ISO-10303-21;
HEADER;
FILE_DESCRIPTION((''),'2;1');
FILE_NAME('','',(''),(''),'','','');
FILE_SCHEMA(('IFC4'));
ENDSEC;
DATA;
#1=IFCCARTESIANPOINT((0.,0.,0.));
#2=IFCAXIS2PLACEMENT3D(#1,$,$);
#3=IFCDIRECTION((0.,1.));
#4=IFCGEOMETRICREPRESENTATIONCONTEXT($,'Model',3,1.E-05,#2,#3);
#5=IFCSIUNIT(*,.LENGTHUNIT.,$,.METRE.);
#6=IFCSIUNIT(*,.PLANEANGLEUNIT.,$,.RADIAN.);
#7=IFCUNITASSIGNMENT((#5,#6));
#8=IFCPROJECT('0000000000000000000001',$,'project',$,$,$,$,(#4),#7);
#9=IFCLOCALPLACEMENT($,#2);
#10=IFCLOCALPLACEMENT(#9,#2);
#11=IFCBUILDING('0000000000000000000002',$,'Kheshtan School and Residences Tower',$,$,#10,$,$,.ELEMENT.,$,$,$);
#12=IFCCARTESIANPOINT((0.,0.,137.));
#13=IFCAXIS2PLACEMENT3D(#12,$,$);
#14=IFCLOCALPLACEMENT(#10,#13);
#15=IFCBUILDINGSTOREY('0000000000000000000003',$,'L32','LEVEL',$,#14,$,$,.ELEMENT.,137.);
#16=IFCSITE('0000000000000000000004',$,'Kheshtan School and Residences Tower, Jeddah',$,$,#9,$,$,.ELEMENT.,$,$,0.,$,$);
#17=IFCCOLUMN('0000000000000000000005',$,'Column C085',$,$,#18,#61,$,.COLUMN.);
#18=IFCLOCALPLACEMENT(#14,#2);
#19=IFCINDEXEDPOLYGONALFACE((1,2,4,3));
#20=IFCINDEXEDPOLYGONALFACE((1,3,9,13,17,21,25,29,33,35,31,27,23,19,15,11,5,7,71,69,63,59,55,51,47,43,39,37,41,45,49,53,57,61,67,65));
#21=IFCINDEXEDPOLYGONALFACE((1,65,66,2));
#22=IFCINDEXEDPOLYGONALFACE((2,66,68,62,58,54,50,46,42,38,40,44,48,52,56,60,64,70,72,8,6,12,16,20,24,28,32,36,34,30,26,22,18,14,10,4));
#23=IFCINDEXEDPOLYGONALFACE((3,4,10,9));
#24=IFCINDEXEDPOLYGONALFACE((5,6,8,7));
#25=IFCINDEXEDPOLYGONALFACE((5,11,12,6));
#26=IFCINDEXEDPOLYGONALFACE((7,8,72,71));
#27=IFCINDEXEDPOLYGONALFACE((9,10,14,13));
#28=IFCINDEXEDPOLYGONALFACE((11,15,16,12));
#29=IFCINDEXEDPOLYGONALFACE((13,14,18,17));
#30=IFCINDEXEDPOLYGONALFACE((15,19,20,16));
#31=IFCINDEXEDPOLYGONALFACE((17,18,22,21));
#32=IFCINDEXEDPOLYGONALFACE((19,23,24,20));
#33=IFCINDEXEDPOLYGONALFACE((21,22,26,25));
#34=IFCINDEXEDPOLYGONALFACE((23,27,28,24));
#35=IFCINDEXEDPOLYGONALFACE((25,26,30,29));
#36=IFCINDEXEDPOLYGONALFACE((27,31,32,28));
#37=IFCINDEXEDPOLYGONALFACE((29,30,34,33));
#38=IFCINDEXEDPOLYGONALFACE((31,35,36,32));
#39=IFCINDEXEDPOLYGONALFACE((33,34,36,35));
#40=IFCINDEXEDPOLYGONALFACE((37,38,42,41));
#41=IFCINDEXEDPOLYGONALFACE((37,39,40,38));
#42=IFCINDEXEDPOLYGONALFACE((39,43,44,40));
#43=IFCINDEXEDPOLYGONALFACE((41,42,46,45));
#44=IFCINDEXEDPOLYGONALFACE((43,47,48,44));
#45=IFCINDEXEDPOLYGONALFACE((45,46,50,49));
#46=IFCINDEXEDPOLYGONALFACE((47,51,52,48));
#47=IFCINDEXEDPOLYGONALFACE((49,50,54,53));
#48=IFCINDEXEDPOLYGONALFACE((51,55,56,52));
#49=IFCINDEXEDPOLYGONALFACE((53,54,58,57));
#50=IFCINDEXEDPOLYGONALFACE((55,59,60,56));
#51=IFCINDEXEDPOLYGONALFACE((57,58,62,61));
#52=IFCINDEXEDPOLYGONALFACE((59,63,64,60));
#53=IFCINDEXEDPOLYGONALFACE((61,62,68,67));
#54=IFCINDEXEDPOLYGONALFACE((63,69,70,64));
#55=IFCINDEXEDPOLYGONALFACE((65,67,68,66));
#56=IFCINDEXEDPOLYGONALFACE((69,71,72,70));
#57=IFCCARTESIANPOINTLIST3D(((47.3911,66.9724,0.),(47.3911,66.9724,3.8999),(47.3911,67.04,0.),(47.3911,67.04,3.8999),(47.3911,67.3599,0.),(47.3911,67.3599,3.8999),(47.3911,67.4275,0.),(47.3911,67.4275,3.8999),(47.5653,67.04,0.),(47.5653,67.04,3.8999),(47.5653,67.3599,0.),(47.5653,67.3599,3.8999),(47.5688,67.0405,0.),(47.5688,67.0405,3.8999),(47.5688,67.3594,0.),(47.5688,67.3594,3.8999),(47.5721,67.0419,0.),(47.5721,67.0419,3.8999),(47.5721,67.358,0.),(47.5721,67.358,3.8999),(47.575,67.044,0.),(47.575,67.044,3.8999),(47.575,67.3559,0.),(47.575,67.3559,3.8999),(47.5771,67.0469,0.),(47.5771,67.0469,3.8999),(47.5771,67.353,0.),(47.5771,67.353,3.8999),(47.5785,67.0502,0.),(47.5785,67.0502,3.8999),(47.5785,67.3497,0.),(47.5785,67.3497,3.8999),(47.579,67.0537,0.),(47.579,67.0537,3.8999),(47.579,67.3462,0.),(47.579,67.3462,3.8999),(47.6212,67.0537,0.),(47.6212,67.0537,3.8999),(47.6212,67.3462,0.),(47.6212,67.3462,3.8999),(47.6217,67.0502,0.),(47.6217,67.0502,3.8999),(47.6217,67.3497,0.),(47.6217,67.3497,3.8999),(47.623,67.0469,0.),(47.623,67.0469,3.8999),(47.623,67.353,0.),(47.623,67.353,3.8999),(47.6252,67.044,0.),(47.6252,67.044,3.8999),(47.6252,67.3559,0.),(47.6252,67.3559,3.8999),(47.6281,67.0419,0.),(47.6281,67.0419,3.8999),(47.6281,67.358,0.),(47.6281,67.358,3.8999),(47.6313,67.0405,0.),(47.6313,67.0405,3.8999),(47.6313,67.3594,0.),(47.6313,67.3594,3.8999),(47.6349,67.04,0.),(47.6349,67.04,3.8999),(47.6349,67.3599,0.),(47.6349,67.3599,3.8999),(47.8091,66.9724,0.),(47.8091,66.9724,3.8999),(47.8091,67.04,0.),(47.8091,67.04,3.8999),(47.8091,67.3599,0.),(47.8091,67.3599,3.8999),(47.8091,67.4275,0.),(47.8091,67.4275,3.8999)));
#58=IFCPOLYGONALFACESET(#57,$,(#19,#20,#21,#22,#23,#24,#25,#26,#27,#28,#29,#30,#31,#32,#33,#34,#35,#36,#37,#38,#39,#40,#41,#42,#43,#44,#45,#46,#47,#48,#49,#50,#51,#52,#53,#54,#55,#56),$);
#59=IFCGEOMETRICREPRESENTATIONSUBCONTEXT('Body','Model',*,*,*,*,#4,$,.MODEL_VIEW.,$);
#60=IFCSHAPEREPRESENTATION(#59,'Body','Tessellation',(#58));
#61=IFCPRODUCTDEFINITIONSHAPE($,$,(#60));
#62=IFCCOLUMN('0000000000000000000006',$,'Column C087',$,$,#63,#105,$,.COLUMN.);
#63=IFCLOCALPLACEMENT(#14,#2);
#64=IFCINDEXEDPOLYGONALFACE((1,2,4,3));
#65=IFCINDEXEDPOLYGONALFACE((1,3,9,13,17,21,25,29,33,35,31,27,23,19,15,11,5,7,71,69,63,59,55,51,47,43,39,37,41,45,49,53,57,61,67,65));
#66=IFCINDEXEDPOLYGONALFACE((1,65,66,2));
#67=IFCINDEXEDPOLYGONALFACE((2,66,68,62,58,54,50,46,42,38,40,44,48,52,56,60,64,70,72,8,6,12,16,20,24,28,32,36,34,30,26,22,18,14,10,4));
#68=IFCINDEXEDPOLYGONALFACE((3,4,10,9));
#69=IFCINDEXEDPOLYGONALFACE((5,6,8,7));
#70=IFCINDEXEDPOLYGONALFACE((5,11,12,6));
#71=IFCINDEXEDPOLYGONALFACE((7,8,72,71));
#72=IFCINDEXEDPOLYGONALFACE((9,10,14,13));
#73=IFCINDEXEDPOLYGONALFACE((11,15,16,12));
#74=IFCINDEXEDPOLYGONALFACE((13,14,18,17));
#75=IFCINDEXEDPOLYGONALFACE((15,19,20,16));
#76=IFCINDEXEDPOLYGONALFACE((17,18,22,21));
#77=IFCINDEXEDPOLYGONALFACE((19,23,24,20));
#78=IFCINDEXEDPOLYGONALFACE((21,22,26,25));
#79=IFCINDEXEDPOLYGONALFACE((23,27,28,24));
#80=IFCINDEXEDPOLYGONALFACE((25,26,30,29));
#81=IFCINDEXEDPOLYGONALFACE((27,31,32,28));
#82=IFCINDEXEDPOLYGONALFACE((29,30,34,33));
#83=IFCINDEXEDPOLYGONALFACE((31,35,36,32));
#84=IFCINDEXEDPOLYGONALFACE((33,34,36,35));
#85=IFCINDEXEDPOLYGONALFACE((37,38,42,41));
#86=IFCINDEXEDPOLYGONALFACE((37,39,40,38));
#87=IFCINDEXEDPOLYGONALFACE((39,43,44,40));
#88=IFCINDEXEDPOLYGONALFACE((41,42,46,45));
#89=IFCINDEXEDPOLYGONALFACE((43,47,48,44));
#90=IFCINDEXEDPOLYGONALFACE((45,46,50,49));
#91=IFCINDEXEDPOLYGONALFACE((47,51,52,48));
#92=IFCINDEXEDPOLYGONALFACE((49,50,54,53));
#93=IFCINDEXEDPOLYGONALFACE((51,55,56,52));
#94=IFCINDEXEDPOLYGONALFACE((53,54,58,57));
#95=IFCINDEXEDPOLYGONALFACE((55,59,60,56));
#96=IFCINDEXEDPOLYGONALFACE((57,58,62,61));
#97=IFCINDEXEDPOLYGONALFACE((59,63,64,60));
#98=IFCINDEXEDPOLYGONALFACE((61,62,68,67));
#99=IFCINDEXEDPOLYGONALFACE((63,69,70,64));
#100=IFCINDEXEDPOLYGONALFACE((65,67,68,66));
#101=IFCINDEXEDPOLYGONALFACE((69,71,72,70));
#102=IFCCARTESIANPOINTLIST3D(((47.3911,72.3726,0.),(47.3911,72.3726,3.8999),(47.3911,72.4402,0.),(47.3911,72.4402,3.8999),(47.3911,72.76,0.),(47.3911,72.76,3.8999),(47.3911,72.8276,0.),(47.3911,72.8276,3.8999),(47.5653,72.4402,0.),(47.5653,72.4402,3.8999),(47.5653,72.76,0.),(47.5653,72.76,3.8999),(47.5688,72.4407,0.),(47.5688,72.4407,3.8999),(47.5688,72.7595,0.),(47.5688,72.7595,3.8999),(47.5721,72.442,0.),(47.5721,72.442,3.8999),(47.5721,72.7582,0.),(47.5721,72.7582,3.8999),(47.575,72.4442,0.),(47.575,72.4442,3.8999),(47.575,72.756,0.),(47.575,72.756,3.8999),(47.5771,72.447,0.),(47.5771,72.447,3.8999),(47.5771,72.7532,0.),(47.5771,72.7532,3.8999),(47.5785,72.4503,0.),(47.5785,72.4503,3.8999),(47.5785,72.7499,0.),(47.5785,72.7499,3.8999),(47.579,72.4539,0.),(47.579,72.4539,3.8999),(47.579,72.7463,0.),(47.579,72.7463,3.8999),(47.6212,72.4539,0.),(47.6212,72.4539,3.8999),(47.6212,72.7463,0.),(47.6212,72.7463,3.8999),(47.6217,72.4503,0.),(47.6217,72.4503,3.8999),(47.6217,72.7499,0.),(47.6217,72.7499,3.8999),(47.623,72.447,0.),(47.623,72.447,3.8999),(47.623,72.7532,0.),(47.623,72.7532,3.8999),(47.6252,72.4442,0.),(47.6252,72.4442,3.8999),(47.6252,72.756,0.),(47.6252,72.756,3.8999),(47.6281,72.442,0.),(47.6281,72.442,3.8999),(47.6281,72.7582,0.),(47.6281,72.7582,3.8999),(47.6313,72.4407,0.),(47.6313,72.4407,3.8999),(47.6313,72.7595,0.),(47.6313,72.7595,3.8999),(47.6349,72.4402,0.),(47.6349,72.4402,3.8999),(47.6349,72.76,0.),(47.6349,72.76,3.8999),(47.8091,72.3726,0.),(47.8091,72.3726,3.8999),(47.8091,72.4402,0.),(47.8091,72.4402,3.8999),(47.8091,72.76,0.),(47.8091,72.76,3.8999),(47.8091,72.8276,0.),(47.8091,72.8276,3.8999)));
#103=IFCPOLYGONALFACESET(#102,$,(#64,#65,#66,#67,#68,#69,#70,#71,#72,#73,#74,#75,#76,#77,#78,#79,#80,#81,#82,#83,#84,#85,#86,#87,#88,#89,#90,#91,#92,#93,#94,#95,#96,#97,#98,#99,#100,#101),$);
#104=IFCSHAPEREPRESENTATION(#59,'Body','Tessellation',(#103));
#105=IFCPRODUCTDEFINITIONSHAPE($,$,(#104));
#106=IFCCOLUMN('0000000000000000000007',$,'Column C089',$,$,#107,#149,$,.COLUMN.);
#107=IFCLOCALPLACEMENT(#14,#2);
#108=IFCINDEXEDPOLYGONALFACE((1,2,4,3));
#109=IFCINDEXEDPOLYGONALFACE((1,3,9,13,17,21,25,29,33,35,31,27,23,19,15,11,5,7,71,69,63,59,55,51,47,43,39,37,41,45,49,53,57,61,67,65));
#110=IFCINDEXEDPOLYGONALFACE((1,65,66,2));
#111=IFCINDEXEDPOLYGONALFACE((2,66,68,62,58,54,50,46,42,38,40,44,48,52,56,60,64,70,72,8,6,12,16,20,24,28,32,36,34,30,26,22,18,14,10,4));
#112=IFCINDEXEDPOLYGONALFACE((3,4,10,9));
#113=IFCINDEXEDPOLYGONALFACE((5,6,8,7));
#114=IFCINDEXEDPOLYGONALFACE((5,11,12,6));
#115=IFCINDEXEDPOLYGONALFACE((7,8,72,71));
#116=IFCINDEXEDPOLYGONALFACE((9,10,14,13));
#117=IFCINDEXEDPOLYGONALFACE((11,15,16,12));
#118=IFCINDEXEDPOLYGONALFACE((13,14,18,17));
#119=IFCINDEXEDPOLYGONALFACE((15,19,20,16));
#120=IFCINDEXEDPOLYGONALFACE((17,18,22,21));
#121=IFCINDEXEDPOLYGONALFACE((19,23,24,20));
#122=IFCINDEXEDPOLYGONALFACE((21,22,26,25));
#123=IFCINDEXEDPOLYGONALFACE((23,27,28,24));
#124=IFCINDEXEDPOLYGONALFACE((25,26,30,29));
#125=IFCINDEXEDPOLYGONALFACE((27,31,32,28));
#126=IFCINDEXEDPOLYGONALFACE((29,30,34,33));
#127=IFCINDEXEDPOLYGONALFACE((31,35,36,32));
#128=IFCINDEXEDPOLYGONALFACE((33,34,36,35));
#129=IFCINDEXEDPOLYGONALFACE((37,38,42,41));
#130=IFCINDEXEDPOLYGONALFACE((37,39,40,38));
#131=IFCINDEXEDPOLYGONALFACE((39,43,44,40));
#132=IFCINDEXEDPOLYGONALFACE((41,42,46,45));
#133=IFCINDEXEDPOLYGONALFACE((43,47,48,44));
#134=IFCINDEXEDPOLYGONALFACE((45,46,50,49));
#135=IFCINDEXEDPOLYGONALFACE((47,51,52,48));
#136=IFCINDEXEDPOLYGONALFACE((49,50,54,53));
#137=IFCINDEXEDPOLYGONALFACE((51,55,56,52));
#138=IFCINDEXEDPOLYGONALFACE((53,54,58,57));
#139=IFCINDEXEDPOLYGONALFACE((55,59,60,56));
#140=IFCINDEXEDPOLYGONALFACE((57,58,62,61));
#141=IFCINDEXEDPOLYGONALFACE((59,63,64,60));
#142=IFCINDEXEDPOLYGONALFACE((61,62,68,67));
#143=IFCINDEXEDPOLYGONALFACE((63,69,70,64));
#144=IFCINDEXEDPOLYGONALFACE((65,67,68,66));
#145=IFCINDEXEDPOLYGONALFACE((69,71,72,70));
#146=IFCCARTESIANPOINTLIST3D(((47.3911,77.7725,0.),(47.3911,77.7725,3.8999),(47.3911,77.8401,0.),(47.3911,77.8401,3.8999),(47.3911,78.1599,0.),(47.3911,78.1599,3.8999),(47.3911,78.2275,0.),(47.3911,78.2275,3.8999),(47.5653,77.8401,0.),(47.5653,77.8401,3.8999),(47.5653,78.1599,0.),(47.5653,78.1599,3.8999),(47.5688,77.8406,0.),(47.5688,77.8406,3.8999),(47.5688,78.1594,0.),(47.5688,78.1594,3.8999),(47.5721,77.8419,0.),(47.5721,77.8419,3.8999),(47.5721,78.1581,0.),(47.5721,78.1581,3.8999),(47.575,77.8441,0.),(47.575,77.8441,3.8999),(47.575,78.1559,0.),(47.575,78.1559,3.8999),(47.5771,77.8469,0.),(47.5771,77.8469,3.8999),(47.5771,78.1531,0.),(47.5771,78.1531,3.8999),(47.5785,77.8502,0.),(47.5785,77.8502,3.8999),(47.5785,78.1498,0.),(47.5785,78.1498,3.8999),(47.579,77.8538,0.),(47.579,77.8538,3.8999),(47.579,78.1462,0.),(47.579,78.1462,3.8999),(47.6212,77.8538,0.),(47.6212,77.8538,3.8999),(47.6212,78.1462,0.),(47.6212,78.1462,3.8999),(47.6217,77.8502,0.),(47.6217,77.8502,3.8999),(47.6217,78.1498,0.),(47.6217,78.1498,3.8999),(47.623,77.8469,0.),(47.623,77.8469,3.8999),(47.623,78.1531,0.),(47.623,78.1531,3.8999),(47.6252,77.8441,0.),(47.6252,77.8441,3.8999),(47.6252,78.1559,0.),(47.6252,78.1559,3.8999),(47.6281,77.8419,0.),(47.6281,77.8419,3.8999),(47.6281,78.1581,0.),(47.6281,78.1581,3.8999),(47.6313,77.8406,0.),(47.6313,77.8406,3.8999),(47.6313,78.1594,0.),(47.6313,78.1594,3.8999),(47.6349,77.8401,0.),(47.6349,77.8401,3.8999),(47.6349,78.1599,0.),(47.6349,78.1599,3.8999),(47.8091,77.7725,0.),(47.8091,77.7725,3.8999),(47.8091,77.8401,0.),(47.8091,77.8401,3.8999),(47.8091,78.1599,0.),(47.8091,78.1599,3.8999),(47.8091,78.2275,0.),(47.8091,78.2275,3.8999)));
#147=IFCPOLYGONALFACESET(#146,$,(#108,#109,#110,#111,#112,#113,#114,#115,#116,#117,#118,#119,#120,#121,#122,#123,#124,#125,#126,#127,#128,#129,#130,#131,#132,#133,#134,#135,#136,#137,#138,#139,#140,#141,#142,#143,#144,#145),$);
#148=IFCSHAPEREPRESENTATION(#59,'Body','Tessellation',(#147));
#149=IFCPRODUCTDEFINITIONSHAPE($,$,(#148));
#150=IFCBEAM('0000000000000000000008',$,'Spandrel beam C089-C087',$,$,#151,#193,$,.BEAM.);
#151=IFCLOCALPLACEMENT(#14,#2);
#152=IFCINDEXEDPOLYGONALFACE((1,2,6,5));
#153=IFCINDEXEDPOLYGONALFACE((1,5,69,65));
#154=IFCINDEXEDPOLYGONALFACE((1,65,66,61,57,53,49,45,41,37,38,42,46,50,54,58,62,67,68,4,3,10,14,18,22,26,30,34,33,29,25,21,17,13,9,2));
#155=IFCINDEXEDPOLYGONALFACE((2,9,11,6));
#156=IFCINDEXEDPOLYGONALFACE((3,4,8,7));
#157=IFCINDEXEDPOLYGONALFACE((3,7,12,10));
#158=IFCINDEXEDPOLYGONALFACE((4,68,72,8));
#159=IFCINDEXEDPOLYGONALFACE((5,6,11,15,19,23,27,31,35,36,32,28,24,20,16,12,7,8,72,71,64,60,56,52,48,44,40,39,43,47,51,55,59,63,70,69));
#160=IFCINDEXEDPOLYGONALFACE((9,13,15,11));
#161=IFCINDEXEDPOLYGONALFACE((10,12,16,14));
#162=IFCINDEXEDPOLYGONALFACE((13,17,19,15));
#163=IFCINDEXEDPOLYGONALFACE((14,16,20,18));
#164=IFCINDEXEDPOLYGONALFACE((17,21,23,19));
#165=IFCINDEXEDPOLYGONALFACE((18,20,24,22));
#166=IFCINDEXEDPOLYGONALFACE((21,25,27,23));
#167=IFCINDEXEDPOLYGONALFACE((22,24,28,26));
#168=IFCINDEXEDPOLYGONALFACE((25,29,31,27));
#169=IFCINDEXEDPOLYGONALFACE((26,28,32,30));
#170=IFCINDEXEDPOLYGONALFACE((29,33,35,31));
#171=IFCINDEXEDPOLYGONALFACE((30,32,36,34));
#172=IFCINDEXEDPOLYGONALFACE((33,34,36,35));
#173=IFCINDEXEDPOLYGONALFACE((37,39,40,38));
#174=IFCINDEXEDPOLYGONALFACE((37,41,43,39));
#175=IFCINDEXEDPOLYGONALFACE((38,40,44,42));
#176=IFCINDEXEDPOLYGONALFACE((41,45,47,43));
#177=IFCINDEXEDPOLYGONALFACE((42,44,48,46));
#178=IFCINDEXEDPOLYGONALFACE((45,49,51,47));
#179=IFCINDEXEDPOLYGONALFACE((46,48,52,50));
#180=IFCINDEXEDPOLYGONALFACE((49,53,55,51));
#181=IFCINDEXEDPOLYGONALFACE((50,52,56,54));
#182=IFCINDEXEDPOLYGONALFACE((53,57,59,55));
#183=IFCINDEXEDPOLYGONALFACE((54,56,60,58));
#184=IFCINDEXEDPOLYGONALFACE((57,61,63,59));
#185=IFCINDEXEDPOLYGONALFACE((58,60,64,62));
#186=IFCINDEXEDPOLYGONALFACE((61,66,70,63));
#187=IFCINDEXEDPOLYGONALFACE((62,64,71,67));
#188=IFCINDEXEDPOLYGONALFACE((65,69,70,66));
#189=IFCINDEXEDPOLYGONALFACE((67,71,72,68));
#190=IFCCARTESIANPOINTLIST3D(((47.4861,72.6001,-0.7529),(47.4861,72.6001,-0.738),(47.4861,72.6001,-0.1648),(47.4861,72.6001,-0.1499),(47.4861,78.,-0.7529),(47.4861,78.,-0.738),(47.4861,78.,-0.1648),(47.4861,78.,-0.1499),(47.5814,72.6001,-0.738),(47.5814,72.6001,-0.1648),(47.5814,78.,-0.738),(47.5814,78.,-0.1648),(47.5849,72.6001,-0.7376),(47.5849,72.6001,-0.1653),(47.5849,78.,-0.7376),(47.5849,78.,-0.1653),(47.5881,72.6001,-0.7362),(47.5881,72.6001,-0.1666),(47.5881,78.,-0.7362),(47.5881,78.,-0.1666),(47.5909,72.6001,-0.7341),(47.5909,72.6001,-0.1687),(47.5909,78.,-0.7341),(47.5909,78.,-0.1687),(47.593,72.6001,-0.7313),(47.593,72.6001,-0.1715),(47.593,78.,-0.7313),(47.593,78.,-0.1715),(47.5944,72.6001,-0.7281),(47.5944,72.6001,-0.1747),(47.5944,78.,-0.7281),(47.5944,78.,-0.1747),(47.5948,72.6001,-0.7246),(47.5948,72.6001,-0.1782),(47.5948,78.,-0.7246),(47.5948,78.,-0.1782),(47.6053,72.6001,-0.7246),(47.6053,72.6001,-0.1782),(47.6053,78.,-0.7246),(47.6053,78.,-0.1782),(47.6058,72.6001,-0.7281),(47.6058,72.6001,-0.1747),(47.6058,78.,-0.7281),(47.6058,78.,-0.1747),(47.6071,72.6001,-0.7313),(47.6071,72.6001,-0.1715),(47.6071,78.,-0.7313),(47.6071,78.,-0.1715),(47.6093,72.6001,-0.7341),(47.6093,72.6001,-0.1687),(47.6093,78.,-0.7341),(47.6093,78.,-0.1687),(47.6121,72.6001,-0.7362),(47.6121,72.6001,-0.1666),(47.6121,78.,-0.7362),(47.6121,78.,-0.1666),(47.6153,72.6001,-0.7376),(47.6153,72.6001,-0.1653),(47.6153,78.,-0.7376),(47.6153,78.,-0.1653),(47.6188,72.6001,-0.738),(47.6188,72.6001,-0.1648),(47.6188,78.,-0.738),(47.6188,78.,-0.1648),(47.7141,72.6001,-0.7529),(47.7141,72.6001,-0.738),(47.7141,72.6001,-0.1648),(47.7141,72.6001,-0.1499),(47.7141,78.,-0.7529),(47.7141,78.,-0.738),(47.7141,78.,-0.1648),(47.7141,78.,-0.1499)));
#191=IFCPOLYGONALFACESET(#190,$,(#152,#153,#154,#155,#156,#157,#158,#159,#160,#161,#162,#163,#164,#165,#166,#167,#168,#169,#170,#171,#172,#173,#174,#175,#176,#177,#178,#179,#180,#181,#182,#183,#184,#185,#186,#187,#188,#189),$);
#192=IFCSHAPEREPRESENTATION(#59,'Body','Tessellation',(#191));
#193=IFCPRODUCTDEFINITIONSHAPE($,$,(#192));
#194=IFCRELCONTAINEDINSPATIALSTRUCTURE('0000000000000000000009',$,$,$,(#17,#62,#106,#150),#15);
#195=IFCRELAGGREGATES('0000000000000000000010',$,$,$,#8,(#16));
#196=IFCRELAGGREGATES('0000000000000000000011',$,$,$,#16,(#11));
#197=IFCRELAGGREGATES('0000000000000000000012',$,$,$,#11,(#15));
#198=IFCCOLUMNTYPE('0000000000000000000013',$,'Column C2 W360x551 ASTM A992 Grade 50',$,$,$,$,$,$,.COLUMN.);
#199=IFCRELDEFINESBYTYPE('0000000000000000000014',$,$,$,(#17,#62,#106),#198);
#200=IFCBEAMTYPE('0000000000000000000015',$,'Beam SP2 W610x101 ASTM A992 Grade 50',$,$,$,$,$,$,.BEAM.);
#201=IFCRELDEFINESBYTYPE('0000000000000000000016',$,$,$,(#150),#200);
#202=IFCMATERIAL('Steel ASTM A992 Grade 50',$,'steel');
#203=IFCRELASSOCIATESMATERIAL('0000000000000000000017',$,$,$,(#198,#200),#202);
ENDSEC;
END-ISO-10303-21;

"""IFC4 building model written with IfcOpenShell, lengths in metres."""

from ifc_helpers import new_model, si_unit, direction, frame, origin, origin_2d, place, context, subcontext, project, spatial, i_section, extrude, material, material_profile, profile_set, type_object, element, save


model = new_model("IFC4")

# Units and contexts
model_context = context("Model", 3, precision=1e-05, world=origin(), true_north=direction((0.0, 1.0)))
body_context = subcontext(model_context, "Body", "Model", "MODEL_VIEW")
ifc_project = project(units=[si_unit("LENGTHUNIT", "METRE"), si_unit("PLANEANGLEUNIT", "RADIAN")], contexts=[model_context])

# Site, building, storey
site_placement = place(None, origin())
site = spatial("IfcSite", under=ifc_project, at=site_placement, Name="Kheshtan School and Residences Tower, Jeddah", CompositionType="ELEMENT", RefElevation=0.0)
building_placement = place(site_placement, origin())
building = spatial("IfcBuilding", under=site, at=building_placement, Name="Kheshtan School and Residences Tower", CompositionType="ELEMENT")
storey_placement = place(building_placement, frame((0.0, 0.0, 137.0)))
storey = spatial("IfcBuildingStorey", under=building, at=storey_placement, Name="L32", Description="LEVEL", CompositionType="ELEMENT", Elevation=137.0)

# Columns
ifc_material_1 = material(Name="Steel ASTM A992 Grade 50", Category="steel")
ifc_material_profile_1 = material_profile(ifc_material_1, i_section(OverallWidth=0.418, OverallDepth=0.4551, WebThickness=0.0422, FlangeThickness=0.0676, FilletRadius=0.0137, at=origin_2d()), Name="W360x551")
ifc_profile_set_1 = profile_set([ifc_material_profile_1], Name="Steel ASTM A992 Grade 50")
column_type = type_object("IfcColumnType", Name="Column C2 W360x551 ASTM A992 Grade 50", PredefinedType="COLUMN", material=ifc_profile_set_1)
for number, where, z_axis, x_axis, name in (
    (1, (47.6001, 67.2, 0.0), (0.0, 0.0, 1.0), (1.0, 0.0, 0.0), "Column C085"),
    (2, (47.6001, 72.6001, 0.0), (0.0, 0.0, 1.0), (1.0, 0.0, 0.0), "Column C087"),
    (3, (47.6001, 78.0, 0.0), (0.0, 0.0, 1.0), (1.0, 0.0, 0.0), "Column C089"),
):
    element("IfcColumn", number, at=place(storey_placement, frame(where, z_axis=z_axis, x_axis=x_axis)), inside=storey, type_object=column_type, Name=name, PredefinedType="COLUMN", context=body_context, shape_type="SweptSolid", body=[
        extrude(i_section(OverallWidth=0.418, OverallDepth=0.4551, WebThickness=0.0422, FlangeThickness=0.0676, FilletRadius=0.0137, at=origin_2d()), origin(), (0.0, 0.0, 1.0), 3.8999),
    ])

# Beam
ifc_material_profile_2 = material_profile(ifc_material_1, i_section(OverallWidth=0.228, OverallDepth=0.603, WebThickness=0.0105, FlangeThickness=0.0149, FilletRadius=0.0134, at=origin_2d()), Name="W610x101")
ifc_profile_set_2 = profile_set([ifc_material_profile_2], Name="Steel ASTM A992 Grade 50")
beam_type = type_object("IfcBeamType", Name="Beam SP2 W610x101 ASTM A992 Grade 50", PredefinedType="BEAM", material=ifc_profile_set_2)
beam_1_placement = place(storey_placement, frame((47.6001, 78.0, -0.4514), z_axis=(0.0, -1.0, 0.0), x_axis=(1.0, 0.0, 0.0)))
element("IfcBeam", 4, at=beam_1_placement, inside=storey, type_object=beam_type, Name="Spandrel beam C089-C087", PredefinedType="BEAM", context=body_context, shape_type="SweptSolid", body=[
    extrude(i_section(OverallWidth=0.228, OverallDepth=0.603, WebThickness=0.0105, FlangeThickness=0.0149, FilletRadius=0.0134, at=origin_2d()), origin(), (0.0, 0.0, 1.0), 5.3999),
])

save(model, "model.ifc")
